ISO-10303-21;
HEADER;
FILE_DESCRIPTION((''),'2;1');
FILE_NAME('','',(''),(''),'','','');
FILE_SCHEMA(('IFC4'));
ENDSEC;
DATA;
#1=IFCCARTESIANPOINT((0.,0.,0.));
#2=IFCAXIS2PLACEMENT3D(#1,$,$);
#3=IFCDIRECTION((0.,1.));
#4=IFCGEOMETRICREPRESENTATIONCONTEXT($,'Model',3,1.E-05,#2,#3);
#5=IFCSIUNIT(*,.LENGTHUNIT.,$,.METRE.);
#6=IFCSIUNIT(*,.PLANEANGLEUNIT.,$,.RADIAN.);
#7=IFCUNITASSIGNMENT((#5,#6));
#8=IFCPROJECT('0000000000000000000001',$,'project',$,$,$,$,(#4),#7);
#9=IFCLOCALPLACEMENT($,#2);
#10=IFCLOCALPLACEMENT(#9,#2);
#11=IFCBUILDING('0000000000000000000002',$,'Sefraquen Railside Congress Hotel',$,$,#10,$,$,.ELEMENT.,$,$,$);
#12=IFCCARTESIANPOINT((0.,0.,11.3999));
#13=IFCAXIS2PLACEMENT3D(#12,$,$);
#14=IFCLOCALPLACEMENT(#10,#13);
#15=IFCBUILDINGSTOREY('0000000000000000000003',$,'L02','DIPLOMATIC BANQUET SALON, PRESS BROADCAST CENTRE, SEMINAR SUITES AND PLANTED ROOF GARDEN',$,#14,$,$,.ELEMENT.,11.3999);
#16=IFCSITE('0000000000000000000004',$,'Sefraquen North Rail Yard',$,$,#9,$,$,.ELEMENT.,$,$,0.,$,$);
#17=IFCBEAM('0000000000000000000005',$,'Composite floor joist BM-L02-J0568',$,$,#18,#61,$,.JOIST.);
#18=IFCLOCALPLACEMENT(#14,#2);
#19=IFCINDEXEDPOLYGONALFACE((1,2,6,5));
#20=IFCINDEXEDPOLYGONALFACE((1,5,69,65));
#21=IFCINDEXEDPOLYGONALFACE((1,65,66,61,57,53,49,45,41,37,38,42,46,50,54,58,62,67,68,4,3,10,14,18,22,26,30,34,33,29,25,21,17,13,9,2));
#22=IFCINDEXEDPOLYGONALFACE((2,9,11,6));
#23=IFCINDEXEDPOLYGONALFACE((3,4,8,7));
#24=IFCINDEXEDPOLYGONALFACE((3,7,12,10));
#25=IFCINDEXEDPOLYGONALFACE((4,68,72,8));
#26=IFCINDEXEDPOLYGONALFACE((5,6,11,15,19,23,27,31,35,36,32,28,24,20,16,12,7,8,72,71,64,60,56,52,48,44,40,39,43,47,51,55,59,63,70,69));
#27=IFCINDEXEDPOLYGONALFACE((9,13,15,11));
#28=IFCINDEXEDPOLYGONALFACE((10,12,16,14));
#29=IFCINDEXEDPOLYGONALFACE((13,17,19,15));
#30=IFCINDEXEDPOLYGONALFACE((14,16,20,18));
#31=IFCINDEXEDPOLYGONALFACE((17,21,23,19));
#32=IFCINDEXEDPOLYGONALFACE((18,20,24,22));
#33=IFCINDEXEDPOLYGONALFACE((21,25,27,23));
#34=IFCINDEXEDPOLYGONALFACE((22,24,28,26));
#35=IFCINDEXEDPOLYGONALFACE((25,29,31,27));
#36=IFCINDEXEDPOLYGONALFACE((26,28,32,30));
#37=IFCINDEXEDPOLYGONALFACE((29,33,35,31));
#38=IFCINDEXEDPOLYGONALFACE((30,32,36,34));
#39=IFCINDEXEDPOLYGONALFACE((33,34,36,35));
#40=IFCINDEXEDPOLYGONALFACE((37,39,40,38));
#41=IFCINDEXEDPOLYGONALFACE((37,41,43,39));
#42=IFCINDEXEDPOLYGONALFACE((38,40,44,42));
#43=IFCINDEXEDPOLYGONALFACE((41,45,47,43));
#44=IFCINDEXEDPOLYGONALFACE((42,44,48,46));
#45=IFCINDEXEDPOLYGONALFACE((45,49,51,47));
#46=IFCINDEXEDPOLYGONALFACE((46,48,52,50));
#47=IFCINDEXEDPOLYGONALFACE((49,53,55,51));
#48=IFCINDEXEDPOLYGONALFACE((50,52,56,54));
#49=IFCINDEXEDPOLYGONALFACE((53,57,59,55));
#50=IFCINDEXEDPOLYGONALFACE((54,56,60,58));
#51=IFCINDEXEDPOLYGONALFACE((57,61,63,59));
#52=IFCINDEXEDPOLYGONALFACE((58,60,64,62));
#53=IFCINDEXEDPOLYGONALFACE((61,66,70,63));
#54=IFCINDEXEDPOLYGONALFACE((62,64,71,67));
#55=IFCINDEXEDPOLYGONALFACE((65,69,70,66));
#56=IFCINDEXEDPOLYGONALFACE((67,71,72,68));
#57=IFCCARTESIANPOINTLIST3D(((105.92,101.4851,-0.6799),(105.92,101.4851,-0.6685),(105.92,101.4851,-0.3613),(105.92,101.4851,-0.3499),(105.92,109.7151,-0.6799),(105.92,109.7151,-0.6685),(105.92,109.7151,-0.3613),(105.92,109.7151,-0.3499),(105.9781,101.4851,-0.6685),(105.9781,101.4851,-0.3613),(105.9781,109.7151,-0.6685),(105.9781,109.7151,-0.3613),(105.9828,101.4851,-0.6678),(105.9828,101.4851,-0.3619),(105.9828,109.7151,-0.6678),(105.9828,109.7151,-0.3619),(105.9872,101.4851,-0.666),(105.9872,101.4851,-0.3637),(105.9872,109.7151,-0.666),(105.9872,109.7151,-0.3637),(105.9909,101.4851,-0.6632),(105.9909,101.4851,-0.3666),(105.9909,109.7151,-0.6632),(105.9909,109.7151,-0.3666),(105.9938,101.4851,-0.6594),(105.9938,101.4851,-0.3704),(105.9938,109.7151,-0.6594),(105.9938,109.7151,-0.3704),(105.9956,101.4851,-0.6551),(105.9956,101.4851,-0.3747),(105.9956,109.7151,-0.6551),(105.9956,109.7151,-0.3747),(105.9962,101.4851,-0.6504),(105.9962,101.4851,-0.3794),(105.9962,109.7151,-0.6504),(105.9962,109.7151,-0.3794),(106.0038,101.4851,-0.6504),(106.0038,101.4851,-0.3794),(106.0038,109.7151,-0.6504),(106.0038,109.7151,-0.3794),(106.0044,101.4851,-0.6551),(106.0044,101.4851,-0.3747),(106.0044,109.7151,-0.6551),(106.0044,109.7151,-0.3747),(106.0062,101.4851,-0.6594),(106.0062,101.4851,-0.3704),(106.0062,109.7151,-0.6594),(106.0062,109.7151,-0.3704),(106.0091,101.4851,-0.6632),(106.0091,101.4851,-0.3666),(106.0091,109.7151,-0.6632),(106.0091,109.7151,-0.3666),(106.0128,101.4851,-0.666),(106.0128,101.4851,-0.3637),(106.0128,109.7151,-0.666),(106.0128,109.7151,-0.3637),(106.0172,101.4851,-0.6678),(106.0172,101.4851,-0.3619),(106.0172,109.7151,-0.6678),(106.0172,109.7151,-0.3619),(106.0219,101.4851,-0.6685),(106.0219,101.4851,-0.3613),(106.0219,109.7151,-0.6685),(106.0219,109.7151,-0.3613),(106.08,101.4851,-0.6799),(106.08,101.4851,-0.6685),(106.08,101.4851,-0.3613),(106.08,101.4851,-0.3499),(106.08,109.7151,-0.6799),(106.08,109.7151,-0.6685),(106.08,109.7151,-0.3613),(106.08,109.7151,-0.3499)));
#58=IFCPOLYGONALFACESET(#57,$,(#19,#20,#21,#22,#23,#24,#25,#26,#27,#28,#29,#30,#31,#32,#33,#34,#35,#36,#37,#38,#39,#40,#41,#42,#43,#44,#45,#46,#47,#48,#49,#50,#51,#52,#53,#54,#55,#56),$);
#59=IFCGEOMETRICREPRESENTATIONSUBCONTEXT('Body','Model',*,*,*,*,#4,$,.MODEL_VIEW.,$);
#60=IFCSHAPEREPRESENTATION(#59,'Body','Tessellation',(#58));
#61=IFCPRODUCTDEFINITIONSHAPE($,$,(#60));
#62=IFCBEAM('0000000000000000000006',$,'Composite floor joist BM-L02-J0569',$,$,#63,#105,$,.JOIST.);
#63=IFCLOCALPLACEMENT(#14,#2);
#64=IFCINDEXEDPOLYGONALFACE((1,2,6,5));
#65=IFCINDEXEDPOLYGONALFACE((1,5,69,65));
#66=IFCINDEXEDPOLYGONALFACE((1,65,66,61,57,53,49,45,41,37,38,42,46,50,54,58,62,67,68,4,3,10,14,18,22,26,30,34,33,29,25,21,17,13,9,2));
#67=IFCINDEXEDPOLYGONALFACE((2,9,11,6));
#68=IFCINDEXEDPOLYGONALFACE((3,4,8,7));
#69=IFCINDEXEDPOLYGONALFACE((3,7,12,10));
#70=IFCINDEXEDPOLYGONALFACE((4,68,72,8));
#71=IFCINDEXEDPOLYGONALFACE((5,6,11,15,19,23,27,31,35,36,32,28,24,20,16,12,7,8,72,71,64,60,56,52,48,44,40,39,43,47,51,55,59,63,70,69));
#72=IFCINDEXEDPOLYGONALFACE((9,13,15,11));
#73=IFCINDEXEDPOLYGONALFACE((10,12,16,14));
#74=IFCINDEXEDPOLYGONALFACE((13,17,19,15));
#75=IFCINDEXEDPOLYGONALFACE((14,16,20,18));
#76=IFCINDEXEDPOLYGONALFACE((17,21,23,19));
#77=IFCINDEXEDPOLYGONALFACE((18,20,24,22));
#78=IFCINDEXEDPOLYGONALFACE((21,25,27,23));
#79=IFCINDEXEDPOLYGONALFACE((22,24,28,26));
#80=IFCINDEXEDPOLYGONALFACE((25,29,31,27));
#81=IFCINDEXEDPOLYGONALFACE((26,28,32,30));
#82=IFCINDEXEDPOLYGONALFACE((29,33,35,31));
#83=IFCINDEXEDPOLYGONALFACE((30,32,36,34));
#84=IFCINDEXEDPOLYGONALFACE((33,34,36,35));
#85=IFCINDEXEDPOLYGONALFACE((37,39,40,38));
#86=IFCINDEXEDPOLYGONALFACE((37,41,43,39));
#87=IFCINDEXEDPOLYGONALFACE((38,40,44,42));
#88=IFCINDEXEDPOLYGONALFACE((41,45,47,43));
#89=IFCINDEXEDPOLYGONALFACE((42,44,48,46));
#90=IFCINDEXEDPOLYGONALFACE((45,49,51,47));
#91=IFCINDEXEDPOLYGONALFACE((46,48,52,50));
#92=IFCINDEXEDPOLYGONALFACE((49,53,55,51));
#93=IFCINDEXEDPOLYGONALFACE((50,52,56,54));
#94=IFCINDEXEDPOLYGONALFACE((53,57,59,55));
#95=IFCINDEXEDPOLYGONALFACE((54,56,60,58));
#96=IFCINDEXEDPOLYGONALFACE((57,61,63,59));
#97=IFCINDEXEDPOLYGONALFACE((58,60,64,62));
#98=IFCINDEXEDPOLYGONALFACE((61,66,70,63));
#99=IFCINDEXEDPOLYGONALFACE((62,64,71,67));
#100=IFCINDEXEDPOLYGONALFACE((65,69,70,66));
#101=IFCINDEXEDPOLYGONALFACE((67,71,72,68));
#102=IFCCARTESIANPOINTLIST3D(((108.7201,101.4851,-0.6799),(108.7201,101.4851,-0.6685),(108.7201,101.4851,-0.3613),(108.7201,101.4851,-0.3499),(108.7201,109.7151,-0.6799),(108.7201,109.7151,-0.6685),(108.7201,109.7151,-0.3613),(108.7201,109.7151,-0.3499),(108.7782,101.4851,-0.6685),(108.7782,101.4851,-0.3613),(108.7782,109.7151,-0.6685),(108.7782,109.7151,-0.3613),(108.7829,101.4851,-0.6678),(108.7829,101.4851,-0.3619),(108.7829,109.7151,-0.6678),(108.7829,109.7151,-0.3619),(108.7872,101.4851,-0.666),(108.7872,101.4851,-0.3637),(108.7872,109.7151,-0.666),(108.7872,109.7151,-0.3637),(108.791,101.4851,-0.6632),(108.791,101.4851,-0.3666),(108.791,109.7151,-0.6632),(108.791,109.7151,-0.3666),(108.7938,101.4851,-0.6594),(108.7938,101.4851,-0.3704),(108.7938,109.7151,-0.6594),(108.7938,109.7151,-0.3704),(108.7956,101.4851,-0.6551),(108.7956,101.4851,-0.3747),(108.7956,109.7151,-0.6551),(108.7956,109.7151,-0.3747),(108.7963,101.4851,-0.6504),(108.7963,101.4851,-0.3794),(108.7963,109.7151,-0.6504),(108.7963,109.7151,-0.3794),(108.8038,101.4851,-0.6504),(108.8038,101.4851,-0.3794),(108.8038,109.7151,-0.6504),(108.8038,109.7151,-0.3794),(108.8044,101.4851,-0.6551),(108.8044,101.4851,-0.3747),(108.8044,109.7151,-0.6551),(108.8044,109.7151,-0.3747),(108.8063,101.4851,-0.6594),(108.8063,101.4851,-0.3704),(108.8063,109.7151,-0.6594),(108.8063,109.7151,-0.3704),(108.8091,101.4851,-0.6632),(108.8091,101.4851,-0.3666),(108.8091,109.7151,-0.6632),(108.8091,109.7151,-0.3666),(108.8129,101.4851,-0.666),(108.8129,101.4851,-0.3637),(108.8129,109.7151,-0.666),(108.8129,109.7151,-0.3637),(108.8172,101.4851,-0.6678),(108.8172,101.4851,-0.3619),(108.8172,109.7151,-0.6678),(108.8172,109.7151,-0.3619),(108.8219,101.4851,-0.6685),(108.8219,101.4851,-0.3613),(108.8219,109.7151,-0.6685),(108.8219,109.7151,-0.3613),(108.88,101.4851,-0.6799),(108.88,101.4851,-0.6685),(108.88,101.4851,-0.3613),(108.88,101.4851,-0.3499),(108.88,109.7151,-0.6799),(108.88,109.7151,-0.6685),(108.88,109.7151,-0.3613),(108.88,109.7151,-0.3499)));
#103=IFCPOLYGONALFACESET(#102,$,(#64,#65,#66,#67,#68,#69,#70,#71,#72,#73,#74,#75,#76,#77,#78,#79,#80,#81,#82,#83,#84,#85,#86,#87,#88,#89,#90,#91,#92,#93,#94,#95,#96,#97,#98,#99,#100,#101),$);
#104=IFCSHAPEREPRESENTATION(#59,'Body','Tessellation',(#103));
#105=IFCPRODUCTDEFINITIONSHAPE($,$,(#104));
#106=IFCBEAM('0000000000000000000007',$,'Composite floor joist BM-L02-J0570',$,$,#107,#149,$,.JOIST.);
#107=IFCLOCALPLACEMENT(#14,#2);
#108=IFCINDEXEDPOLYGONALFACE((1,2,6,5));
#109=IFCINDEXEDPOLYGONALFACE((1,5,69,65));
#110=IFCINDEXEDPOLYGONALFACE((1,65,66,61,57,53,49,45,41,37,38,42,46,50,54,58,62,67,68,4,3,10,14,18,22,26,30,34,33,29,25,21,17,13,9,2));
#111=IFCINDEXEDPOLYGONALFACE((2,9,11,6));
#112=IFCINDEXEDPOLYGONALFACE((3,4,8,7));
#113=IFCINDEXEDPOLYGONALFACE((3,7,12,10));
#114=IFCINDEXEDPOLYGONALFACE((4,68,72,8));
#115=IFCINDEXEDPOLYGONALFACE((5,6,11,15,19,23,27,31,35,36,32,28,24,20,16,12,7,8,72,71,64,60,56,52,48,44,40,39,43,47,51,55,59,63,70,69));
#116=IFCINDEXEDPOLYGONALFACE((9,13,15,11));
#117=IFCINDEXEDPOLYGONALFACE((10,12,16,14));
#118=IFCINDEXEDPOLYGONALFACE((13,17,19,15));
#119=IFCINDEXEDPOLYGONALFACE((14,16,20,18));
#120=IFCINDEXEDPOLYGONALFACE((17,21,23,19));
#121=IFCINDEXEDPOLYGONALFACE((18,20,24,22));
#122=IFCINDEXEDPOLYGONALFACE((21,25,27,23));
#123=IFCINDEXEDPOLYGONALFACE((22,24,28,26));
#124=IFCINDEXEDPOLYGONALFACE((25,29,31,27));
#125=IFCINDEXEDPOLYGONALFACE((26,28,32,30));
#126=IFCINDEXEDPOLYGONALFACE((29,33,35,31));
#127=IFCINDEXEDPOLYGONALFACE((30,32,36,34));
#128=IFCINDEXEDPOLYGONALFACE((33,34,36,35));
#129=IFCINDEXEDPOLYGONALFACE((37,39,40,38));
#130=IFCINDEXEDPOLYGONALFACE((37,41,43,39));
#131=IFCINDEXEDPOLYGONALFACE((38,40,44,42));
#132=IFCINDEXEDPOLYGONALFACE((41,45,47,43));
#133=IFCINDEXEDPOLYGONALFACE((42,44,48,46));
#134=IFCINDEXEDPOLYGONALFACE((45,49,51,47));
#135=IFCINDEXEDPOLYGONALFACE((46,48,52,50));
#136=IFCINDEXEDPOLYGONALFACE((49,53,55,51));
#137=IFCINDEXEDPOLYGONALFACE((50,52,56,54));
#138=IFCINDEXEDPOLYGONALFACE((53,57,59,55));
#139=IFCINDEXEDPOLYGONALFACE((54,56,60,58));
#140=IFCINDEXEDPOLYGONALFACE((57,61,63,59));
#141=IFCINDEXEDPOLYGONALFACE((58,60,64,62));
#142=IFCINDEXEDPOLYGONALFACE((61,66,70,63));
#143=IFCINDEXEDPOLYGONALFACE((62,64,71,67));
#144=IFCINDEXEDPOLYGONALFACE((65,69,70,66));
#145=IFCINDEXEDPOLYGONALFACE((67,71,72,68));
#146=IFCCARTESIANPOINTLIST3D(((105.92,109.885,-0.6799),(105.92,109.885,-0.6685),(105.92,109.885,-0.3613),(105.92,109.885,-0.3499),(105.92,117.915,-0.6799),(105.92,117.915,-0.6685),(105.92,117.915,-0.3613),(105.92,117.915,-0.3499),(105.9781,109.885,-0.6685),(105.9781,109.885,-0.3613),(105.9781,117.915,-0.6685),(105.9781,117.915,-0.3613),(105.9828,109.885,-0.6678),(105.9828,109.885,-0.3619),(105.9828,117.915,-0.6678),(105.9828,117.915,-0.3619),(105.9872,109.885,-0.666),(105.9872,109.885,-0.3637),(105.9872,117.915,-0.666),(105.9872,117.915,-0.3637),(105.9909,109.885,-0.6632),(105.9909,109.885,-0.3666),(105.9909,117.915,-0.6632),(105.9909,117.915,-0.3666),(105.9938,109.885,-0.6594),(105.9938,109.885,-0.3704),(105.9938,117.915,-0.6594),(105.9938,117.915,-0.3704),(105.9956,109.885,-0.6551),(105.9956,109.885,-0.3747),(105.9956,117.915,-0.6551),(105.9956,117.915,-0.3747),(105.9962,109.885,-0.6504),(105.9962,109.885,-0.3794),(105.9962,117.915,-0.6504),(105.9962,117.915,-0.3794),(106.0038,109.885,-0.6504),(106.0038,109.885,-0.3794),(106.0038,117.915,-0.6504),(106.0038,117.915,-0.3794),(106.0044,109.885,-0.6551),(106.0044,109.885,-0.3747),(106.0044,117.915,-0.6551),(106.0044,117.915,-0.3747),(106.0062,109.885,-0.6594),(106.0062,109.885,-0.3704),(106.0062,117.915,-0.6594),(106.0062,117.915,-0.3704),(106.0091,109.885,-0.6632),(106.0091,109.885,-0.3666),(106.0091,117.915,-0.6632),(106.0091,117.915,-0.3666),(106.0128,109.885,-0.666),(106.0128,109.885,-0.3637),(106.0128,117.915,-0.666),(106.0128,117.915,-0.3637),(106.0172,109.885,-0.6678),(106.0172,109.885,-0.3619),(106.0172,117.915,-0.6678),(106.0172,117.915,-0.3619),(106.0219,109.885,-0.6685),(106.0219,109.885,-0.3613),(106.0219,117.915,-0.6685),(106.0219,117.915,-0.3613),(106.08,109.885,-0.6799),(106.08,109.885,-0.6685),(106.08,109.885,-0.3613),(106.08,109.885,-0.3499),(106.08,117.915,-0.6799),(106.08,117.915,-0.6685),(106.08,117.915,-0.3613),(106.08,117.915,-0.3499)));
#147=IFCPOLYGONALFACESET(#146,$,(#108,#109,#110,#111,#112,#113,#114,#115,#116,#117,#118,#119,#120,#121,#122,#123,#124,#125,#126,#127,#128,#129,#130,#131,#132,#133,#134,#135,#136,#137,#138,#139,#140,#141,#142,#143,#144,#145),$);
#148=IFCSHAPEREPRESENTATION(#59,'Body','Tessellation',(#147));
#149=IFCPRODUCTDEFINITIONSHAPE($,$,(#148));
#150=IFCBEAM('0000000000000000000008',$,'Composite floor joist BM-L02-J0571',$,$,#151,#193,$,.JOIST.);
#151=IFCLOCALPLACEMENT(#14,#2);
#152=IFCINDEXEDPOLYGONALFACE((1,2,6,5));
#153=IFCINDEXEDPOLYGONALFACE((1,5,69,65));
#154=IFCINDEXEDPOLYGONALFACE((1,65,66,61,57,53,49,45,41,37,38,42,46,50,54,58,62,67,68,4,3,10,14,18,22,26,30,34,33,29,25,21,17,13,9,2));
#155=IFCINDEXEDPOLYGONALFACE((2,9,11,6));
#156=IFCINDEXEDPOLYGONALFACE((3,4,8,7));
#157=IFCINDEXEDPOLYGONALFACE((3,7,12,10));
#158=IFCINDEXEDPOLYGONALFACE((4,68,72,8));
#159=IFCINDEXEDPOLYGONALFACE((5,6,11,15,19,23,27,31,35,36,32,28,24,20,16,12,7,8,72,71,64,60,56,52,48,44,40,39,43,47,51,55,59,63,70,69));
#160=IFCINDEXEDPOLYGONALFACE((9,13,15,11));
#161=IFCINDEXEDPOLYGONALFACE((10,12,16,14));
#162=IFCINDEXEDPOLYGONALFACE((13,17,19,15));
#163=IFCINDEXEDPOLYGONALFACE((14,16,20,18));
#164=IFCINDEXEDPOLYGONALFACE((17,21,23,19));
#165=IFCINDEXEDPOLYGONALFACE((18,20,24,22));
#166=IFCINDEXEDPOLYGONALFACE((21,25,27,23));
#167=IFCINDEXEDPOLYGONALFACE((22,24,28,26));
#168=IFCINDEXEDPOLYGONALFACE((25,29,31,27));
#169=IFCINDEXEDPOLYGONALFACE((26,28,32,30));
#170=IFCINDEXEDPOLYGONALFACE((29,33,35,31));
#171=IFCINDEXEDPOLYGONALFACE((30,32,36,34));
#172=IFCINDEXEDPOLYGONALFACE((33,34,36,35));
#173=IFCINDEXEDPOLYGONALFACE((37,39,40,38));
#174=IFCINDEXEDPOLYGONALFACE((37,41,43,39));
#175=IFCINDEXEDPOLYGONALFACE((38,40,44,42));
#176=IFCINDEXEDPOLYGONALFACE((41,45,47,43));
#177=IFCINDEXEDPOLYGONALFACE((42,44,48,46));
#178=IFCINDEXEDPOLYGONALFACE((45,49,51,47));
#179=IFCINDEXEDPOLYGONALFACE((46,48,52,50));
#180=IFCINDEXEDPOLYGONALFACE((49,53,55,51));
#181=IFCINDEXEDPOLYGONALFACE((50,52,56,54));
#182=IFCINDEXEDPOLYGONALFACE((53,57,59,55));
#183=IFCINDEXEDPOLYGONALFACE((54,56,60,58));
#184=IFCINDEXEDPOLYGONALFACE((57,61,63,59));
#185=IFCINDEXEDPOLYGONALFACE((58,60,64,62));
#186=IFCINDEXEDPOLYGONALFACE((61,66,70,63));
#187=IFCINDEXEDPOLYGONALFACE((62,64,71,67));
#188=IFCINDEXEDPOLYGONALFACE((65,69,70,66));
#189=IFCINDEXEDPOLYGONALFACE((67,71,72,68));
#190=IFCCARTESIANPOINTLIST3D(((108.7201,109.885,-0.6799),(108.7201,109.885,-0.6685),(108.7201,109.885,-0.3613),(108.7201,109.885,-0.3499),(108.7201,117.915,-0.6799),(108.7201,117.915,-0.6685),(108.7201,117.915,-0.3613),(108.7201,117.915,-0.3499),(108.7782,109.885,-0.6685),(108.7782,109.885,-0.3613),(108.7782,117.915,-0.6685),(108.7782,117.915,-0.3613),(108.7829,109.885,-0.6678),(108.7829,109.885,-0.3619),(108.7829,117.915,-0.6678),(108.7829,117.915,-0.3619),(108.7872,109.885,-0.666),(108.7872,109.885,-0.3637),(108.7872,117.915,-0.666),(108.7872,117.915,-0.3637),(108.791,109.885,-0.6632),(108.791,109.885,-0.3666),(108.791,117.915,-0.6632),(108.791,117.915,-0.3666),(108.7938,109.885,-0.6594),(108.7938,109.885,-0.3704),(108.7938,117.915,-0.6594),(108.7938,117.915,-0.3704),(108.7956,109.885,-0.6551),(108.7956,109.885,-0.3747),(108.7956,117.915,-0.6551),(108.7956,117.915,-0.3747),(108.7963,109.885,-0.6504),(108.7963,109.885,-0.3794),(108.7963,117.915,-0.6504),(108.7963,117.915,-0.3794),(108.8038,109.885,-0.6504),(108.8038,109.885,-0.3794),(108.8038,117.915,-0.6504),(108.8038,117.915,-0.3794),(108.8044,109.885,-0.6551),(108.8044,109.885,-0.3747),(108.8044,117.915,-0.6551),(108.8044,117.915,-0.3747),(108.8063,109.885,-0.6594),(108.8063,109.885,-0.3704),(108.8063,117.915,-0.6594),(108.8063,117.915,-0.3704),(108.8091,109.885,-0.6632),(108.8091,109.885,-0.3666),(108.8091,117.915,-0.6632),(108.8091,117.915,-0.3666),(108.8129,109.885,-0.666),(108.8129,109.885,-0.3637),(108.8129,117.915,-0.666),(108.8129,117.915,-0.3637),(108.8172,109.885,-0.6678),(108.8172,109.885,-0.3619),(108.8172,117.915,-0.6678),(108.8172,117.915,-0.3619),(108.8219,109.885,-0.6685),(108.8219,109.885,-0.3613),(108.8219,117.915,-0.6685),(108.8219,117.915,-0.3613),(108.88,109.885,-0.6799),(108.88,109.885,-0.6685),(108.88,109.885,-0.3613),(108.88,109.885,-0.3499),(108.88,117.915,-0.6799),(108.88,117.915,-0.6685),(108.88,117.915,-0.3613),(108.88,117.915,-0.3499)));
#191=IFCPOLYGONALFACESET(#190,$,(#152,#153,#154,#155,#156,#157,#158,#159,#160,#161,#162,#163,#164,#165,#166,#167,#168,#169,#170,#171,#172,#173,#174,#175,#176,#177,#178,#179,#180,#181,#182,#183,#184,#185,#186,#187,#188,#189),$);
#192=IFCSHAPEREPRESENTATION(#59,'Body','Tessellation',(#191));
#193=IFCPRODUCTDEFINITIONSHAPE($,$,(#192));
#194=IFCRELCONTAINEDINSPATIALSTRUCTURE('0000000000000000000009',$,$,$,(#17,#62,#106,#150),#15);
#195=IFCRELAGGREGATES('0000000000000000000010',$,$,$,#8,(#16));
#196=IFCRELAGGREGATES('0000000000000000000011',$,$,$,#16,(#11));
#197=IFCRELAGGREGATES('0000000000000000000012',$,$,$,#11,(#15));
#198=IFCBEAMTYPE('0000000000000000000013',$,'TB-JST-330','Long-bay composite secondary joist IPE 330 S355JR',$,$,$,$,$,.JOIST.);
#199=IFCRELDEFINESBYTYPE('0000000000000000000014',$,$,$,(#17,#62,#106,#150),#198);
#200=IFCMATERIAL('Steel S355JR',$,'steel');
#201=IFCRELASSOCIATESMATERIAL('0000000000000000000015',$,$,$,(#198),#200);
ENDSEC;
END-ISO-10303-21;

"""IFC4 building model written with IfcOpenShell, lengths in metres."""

from ifc_helpers import new_model, si_unit, direction, frame, origin, origin_2d, place, context, subcontext, project, spatial, i_section, extrude, material, material_profile, profile_set, type_object, element, save


model = new_model("IFC4")

# Units and contexts
model_context = context("Model", 3, precision=1e-05, world=origin(), true_north=direction((0.0, 1.0)))
body_context = subcontext(model_context, "Body", "Model", "MODEL_VIEW")
ifc_project = project(units=[si_unit("LENGTHUNIT", "METRE"), si_unit("PLANEANGLEUNIT", "RADIAN")], contexts=[model_context])

# Site, building, storey
site_placement = place(None, origin())
site = spatial("IfcSite", under=ifc_project, at=site_placement, Name="Sefraquen North Rail Yard", CompositionType="ELEMENT", RefElevation=0.0)
building_placement = place(site_placement, origin())
building = spatial("IfcBuilding", under=site, at=building_placement, Name="Sefraquen Railside Congress Hotel", CompositionType="ELEMENT")
storey_placement = place(building_placement, frame((0.0, 0.0, 11.3999)))
storey = spatial("IfcBuildingStorey", under=building, at=storey_placement, Name="L02", Description="DIPLOMATIC BANQUET SALON, PRESS BROADCAST CENTRE, SEMINAR SUITES AND PLANTED ROOF GARDEN", CompositionType="ELEMENT", Elevation=11.3999)

# Shared definitions
ifc_material = material(Name="Steel S355JR", Category="steel")

# Beams
ifc_material_profile_1 = material_profile(ifc_material, i_section(OverallWidth=0.1599, OverallDepth=0.3301, WebThickness=0.0076, FlangeThickness=0.0115, FilletRadius=0.0181, at=origin_2d()), Name="IPE 330")
ifc_profile_set_1 = profile_set([ifc_material_profile_1], Name="Steel S355JR")
beam_type_1 = type_object("IfcBeamType", Name="TB-JST-330", Description="Long-bay composite secondary joist IPE 330 S355JR", PredefinedType="JOIST", material=ifc_profile_set_1)
for number, where, z_axis, x_axis, name in (
    (1, (106.0, 101.4851, -0.5149), (0.0, 1.0, 0.0), (-1.0, 0.0, 0.0), "Composite floor joist BM-L02-J0568"),
    (2, (108.8, 101.4851, -0.5149), (0.0, 1.0, 0.0), (-1.0, 0.0, 0.0), "Composite floor joist BM-L02-J0569"),
):
    element("IfcBeam", number, at=place(storey_placement, frame(where, z_axis=z_axis, x_axis=x_axis)), inside=storey, type_object=beam_type_1, Name=name, PredefinedType="JOIST", context=body_context, shape_type="SweptSolid", body=[
        extrude(i_section(OverallWidth=0.1599, OverallDepth=0.3301, WebThickness=0.0076, FlangeThickness=0.0115, FilletRadius=0.0181, at=origin_2d()), origin(), (0.0, 0.0, 1.0), 8.23),
    ])
for number, where, z_axis, x_axis, name in (
    (3, (106.0, 109.885, -0.5149), (0.0, 1.0, 0.0), (-1.0, 0.0, 0.0), "Composite floor joist BM-L02-J0570"),
    (4, (108.8, 109.885, -0.5149), (0.0, 1.0, 0.0), (-1.0, 0.0, 0.0), "Composite floor joist BM-L02-J0571"),
):
    element("IfcBeam", number, at=place(storey_placement, frame(where, z_axis=z_axis, x_axis=x_axis)), inside=storey, type_object=beam_type_1, Name=name, PredefinedType="JOIST", context=body_context, shape_type="SweptSolid", body=[
        extrude(i_section(OverallWidth=0.1599, OverallDepth=0.3301, WebThickness=0.0076, FlangeThickness=0.0115, FilletRadius=0.0181, at=origin_2d()), origin(), (0.0, 0.0, 1.0), 8.03),
    ])

save(model, "model.ifc")
